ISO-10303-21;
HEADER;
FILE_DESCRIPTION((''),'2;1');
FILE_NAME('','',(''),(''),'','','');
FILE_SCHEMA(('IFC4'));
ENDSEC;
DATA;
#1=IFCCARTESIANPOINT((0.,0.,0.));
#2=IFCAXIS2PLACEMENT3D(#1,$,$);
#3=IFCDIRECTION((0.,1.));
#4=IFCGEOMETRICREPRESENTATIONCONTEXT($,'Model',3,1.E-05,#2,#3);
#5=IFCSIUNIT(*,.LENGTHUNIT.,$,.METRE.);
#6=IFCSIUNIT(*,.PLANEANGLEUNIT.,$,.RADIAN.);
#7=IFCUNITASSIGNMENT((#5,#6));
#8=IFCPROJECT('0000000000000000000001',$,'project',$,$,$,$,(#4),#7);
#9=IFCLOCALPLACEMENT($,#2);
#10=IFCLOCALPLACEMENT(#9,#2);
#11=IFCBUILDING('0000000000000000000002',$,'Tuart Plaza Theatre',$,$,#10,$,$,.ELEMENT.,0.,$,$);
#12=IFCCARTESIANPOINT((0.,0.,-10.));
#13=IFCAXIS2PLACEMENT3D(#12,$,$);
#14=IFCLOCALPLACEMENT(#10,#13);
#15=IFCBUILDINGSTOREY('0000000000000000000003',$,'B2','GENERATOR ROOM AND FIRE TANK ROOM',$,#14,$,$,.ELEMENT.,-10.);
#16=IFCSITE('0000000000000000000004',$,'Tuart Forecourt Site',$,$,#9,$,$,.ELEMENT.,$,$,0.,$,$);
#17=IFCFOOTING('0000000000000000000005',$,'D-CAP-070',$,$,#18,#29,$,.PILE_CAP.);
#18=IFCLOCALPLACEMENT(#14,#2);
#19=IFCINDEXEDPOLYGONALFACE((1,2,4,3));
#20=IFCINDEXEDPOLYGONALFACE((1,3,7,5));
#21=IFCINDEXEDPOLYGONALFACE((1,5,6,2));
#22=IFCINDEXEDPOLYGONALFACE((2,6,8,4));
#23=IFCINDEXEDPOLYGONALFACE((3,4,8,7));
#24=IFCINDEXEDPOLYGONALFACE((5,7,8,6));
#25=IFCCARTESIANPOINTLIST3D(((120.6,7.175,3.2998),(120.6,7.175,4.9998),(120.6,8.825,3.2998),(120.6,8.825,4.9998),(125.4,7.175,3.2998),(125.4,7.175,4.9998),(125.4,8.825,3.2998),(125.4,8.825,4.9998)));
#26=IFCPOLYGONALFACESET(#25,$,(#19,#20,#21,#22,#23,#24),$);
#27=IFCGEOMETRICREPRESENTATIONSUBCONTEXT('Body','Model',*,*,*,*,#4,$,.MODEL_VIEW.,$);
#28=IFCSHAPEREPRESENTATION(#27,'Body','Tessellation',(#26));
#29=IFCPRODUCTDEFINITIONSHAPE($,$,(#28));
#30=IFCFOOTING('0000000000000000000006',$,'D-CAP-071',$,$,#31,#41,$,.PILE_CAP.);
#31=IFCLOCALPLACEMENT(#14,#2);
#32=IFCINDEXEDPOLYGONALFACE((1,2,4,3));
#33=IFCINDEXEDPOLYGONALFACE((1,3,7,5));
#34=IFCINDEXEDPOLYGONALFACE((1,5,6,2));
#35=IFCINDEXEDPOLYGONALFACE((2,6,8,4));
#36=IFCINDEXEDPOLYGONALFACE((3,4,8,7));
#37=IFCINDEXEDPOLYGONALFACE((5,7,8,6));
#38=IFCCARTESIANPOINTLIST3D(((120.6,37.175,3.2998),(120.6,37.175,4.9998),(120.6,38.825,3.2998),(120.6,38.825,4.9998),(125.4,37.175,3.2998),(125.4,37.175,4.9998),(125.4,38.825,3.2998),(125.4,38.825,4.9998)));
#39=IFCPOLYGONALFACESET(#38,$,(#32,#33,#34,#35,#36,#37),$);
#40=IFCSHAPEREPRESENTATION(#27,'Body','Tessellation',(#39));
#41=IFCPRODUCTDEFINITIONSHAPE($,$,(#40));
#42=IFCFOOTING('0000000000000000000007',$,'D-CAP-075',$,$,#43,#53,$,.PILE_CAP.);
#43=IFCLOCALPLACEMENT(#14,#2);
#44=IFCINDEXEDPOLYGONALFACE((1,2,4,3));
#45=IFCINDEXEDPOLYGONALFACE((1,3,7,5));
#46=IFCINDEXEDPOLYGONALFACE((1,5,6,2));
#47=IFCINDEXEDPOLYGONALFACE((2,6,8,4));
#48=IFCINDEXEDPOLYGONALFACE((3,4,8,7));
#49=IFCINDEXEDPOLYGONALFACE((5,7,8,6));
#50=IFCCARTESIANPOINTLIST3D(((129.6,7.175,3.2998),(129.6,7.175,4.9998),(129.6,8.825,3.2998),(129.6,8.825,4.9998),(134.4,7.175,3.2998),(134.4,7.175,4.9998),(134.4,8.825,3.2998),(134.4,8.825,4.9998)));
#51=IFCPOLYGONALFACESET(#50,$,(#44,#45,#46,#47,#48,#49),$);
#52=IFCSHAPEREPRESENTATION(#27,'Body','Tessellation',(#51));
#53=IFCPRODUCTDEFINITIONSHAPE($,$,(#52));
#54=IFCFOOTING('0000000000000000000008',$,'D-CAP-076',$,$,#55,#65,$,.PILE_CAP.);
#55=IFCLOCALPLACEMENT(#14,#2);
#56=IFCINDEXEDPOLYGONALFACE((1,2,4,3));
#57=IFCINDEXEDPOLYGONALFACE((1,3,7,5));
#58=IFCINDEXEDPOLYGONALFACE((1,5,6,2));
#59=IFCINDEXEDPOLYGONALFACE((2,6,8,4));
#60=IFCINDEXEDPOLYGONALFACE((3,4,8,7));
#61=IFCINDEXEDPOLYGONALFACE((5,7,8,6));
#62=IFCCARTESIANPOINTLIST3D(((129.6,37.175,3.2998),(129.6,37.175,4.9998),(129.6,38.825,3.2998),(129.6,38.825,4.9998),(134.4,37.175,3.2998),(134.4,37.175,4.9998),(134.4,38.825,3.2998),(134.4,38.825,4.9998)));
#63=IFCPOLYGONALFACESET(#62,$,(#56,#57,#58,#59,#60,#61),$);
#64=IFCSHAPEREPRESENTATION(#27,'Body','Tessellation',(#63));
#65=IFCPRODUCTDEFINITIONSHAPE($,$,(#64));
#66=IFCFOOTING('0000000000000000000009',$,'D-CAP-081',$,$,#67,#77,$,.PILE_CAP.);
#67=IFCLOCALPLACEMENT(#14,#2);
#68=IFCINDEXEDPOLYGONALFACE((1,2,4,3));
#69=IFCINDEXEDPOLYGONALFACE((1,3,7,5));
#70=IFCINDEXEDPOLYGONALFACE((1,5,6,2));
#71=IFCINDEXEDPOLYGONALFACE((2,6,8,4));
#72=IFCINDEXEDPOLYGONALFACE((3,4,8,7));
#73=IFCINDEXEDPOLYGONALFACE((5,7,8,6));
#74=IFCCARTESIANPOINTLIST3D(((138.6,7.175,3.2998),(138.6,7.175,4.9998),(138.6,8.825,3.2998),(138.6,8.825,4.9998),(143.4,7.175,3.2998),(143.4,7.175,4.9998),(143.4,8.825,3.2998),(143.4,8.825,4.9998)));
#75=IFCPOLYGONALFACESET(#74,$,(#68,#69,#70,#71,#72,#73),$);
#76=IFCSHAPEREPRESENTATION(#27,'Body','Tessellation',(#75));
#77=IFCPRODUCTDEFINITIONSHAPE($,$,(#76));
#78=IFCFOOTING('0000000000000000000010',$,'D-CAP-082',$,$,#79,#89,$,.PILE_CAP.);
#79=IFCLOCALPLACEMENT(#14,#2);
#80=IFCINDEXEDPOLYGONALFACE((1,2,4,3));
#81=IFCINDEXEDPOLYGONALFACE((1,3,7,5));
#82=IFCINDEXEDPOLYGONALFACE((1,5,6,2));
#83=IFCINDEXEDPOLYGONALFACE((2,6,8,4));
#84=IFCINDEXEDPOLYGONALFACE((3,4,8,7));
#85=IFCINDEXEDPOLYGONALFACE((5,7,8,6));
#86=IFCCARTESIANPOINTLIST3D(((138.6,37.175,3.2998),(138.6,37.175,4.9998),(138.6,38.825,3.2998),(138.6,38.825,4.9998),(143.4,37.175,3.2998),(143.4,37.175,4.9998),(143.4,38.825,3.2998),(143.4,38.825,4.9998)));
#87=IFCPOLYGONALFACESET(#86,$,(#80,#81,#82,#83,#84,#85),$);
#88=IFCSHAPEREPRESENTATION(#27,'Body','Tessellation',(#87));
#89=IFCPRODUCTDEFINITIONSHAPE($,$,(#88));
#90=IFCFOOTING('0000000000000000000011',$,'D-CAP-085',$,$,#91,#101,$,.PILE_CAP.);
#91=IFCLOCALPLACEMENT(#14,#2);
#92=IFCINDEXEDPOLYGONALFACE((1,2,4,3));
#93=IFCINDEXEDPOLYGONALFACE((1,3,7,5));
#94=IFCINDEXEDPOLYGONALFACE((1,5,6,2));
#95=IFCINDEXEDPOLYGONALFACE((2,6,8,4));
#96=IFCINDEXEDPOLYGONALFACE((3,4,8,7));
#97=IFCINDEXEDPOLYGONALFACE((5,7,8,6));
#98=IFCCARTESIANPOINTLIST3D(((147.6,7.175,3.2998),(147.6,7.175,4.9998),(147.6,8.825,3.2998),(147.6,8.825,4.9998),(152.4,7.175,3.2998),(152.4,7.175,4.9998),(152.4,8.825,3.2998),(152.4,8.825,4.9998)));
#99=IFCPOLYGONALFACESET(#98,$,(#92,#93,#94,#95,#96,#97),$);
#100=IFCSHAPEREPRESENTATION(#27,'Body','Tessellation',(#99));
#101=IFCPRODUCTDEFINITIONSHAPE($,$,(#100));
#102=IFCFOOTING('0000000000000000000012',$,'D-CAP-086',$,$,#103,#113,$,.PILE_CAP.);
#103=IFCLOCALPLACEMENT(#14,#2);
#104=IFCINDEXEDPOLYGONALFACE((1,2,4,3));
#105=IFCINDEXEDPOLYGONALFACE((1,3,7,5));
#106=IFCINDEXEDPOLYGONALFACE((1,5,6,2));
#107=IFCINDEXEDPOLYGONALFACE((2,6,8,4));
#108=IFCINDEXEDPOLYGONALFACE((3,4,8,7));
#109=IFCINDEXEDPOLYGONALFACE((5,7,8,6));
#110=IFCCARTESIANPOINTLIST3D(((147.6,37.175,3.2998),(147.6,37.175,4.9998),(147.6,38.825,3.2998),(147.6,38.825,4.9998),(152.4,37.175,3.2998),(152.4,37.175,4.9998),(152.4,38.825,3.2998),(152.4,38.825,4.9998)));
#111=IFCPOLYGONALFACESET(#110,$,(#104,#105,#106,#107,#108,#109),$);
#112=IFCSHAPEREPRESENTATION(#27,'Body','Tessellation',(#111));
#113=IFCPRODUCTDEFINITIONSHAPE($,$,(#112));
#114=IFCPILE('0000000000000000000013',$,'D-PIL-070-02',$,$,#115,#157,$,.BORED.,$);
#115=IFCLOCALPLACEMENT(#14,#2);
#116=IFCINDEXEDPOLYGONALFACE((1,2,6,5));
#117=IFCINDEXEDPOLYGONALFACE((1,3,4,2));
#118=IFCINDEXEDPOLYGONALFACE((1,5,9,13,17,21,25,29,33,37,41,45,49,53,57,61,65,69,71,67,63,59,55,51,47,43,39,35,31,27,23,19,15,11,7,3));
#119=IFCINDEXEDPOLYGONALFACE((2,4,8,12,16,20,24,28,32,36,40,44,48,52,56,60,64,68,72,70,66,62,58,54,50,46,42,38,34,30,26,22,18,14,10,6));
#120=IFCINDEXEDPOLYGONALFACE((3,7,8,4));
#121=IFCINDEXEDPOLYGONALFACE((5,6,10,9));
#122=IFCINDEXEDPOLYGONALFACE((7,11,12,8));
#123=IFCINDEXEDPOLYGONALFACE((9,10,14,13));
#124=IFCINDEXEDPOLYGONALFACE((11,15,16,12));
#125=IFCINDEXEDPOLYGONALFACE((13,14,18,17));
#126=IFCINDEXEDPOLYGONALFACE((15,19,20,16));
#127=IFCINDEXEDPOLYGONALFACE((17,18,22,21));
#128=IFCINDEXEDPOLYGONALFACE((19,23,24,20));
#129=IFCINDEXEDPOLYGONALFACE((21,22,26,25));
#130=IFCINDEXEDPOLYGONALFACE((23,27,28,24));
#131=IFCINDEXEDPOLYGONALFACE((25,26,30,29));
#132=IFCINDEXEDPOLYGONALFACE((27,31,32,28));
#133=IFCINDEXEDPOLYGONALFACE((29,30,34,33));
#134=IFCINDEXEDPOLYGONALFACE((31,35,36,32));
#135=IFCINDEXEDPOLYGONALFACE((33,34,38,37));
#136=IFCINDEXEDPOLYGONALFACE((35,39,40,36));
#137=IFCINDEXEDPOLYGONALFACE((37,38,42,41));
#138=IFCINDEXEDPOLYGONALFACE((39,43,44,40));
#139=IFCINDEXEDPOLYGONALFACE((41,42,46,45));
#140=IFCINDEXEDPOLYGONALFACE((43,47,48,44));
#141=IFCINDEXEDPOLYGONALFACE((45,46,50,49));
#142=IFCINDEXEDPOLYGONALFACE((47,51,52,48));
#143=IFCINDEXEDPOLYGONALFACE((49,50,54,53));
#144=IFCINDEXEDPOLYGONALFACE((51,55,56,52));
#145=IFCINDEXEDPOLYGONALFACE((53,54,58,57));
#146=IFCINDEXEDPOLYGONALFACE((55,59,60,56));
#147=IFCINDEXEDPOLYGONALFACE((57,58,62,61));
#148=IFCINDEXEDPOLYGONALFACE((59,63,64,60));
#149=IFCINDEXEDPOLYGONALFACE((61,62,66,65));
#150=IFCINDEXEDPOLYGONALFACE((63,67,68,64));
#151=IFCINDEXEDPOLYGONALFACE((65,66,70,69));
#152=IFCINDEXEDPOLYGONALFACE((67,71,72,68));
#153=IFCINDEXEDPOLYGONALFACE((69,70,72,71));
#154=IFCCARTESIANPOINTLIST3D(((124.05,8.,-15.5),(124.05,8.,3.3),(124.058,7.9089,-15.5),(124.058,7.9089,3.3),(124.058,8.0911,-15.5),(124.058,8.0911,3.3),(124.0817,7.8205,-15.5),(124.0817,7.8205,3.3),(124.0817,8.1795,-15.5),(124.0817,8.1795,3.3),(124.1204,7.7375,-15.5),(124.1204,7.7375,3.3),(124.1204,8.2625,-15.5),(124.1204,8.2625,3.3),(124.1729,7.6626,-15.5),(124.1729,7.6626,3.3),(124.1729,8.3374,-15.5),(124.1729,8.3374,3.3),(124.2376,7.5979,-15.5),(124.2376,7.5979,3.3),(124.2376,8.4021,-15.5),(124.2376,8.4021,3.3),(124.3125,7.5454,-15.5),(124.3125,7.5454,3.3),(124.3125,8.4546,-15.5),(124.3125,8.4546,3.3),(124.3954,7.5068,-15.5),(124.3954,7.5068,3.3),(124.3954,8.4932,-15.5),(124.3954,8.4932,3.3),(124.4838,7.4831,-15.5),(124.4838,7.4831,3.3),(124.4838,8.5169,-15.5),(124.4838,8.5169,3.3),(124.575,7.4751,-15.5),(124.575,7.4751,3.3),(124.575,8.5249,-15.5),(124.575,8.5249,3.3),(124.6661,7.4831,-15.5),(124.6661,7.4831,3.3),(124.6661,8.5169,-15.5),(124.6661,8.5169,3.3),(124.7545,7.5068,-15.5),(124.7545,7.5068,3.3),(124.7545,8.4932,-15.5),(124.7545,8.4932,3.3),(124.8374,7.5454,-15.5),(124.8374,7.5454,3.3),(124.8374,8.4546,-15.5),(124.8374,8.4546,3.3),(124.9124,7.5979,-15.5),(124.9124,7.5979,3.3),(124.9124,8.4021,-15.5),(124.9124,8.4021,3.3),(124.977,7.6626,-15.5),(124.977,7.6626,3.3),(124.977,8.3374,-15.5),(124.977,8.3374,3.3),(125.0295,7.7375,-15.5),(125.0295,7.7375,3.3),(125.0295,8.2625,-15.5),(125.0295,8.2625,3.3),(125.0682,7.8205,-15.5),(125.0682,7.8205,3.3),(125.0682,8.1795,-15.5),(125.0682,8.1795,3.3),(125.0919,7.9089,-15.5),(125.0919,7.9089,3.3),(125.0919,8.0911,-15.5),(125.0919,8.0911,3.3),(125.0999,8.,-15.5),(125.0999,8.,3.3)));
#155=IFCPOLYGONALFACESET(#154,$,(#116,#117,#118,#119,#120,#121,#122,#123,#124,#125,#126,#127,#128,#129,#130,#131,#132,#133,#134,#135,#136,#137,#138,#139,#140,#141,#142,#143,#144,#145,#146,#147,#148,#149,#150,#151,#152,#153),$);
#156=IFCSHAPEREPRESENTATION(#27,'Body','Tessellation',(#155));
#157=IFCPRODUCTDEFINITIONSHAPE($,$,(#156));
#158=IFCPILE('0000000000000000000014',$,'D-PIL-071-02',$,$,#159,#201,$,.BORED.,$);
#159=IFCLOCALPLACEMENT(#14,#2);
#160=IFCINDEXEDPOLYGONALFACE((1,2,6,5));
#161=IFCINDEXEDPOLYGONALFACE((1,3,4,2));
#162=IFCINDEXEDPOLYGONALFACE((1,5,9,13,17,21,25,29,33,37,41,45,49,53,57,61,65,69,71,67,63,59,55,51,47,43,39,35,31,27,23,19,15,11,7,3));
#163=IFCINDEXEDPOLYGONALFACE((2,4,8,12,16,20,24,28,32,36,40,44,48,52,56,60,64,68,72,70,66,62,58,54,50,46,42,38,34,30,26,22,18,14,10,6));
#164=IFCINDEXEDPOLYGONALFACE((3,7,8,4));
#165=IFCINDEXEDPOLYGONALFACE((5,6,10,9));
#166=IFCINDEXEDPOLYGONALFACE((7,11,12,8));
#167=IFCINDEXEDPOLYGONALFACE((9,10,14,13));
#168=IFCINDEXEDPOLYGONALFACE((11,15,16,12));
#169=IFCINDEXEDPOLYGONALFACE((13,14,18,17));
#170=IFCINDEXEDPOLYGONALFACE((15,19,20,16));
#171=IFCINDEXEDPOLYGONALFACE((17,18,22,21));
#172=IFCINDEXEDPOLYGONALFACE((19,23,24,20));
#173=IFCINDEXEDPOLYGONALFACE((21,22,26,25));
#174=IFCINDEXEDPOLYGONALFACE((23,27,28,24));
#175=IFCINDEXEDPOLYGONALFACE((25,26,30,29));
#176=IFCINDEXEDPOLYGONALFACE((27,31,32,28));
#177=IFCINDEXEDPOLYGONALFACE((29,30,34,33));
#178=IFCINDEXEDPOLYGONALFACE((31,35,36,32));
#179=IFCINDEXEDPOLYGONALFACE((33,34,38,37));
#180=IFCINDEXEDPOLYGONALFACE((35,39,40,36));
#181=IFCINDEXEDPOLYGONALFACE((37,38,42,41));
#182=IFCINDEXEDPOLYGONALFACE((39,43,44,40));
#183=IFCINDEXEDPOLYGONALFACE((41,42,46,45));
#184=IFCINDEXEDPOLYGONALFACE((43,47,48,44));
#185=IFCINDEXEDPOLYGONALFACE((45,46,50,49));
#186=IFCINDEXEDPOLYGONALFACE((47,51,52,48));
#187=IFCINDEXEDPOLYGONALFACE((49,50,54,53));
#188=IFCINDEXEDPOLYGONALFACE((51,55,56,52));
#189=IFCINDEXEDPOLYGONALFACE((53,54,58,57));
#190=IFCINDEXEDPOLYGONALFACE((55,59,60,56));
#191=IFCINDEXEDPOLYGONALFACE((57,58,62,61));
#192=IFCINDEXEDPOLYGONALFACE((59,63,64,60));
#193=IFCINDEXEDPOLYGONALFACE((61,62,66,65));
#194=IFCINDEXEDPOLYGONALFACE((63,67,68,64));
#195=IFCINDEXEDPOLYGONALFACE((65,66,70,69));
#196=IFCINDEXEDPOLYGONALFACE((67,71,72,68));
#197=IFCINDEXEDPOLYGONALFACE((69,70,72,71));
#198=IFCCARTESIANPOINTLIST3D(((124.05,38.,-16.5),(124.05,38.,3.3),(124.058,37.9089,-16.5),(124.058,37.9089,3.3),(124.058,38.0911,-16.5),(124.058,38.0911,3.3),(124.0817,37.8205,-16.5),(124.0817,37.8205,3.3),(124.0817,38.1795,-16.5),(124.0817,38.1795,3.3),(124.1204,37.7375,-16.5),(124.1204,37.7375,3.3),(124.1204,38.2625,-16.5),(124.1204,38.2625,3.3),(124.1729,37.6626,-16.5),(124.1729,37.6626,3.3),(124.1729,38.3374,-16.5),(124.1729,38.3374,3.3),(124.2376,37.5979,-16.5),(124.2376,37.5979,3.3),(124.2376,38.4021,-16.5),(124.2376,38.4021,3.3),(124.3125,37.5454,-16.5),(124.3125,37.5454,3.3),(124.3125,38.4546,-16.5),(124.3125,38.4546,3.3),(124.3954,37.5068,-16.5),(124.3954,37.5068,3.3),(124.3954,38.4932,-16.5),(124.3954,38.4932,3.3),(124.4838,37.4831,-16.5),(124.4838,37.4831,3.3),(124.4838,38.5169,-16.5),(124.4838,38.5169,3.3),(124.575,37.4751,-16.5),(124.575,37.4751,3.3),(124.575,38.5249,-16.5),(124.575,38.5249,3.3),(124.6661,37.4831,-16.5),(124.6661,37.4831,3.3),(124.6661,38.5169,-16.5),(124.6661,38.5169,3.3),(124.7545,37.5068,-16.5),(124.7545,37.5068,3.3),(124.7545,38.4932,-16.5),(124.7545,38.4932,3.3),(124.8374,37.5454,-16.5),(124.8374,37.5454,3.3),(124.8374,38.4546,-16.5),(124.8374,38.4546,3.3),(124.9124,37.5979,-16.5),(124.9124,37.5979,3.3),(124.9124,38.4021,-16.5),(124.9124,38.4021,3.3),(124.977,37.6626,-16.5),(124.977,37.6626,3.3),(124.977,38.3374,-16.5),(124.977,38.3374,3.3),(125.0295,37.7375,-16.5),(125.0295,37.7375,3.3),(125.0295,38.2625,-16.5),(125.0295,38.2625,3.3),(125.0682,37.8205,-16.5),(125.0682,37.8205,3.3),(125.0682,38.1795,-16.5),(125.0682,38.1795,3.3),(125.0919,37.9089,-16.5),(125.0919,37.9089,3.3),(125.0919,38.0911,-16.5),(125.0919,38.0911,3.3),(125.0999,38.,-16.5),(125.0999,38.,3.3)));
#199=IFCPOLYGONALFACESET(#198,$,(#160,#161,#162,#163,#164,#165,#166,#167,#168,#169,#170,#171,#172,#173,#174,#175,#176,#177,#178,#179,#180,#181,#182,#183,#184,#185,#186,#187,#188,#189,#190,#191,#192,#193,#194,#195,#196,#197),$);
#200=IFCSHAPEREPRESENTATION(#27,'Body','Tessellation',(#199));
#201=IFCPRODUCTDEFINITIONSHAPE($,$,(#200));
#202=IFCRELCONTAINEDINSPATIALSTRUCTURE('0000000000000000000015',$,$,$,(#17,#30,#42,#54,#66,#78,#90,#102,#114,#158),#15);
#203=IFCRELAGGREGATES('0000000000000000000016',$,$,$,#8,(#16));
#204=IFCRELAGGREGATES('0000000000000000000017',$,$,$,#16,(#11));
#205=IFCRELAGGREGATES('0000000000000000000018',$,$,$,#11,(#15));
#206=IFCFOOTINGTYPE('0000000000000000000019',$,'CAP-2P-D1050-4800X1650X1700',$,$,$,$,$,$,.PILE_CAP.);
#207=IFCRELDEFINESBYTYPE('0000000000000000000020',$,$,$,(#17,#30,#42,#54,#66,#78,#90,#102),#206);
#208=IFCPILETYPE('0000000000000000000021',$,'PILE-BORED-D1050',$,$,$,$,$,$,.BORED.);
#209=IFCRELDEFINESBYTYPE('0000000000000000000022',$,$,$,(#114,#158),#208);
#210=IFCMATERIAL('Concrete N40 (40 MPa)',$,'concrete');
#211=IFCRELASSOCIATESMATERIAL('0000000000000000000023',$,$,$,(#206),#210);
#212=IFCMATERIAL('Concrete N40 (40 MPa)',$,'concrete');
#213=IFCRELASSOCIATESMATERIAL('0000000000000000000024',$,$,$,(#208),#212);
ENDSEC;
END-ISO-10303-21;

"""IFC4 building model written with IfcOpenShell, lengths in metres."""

from ifc_helpers import new_model, si_unit, direction, frame, origin, origin_2d, place, context, subcontext, project, spatial, rectangle, circle, extrude, material, material_profile, profile_set, type_object, element, save


model = new_model("IFC4")

# Units and contexts
model_context = context("Model", 3, precision=1e-05, world=origin(), true_north=direction((0.0, 1.0)))
body_context = subcontext(model_context, "Body", "Model", "MODEL_VIEW")
ifc_project = project(units=[si_unit("LENGTHUNIT", "METRE"), si_unit("PLANEANGLEUNIT", "RADIAN")], contexts=[model_context])

# Site, building, storey
site_placement = place(None, origin())
site = spatial("IfcSite", under=ifc_project, at=site_placement, Name="Tuart Forecourt Site", CompositionType="ELEMENT", RefElevation=0.0)
building_placement = place(site_placement, origin())
building = spatial("IfcBuilding", under=site, at=building_placement, Name="Tuart Plaza Theatre", CompositionType="ELEMENT", ElevationOfRefHeight=0.0)
storey_placement = place(building_placement, frame((0.0, 0.0, -10.0)))
storey = spatial("IfcBuildingStorey", under=building, at=storey_placement, Name="B2", Description="GENERATOR ROOM AND FIRE TANK ROOM", CompositionType="ELEMENT", Elevation=-10.0)

# Footings
ifc_material_1 = material(Name="Concrete N40 (40 MPa)", Category="concrete")
footing_type = type_object("IfcFootingType", Name="CAP-2P-D1050-4800X1650X1700", PredefinedType="PILE_CAP", material=ifc_material_1)
for number, where, z_axis, x_axis, name in (
    (1, (123.0, 8.0, 3.2998), (0.0, 0.0, 1.0), (1.0, 0.0, 0.0), "D-CAP-070"),
    (2, (123.0, 38.0, 3.2998), (0.0, 0.0, 1.0), (1.0, 0.0, 0.0), "D-CAP-071"),
    (3, (132.0, 8.0, 3.2998), (0.0, 0.0, 1.0), (1.0, 0.0, 0.0), "D-CAP-075"),
    (4, (132.0, 38.0, 3.2998), (0.0, 0.0, 1.0), (1.0, 0.0, 0.0), "D-CAP-076"),
    (5, (141.0, 8.0, 3.2998), (0.0, 0.0, 1.0), (1.0, 0.0, 0.0), "D-CAP-081"),
    (6, (141.0, 38.0, 3.2998), (0.0, 0.0, 1.0), (1.0, 0.0, 0.0), "D-CAP-082"),
    (7, (150.0, 8.0, 3.2998), (0.0, 0.0, 1.0), (1.0, 0.0, 0.0), "D-CAP-085"),
    (8, (150.0, 38.0, 3.2998), (0.0, 0.0, 1.0), (1.0, 0.0, 0.0), "D-CAP-086"),
):
    element("IfcFooting", number, at=place(storey_placement, frame(where, z_axis=z_axis, x_axis=x_axis)), inside=storey, type_object=footing_type, Name=name, PredefinedType="PILE_CAP", context=body_context, shape_type="SweptSolid", body=[
        extrude(rectangle(XDim=4.8, YDim=1.6499, at=origin_2d()), origin(), (0.0, 0.0, 1.0), 1.7),
    ])

# Piles
ifc_material_2 = material(Name="Concrete N40 (40 MPa)", Category="concrete")
ifc_material_profile_1 = material_profile(ifc_material_2, circle(Radius=0.5249, at=origin_2d()), Name="PILE-BORED-D1050")
ifc_profile_set_1 = profile_set([ifc_material_profile_1], Name="Concrete N40 (40 MPa)")
pile_type_1 = type_object("IfcPileType", Name="PILE-BORED-D1050", PredefinedType="BORED", material=ifc_profile_set_1)
pile_1_placement = place(storey_placement, frame((124.575, 8.0, 3.3), z_axis=(0.0, 0.0, -1.0), x_axis=(1.0, 0.0, 0.0)))
element("IfcPile", 9, at=pile_1_placement, inside=storey, type_object=pile_type_1, Name="D-PIL-070-02", PredefinedType="BORED", context=body_context, shape_type="SweptSolid", body=[
    extrude(circle(Radius=0.5249, at=origin_2d()), origin(), (0.0, 0.0, 1.0), 18.8),
])
pile_2_placement = place(storey_placement, frame((124.575, 38.0, 3.3), z_axis=(0.0, 0.0, -1.0), x_axis=(1.0, 0.0, 0.0)))
element("IfcPile", 10, at=pile_2_placement, inside=storey, type_object=pile_type_1, Name="D-PIL-071-02", PredefinedType="BORED", context=body_context, shape_type="SweptSolid", body=[
    extrude(circle(Radius=0.5249, at=origin_2d()), origin(), (0.0, 0.0, 1.0), 19.8),
])

save(model, "model.ifc")
